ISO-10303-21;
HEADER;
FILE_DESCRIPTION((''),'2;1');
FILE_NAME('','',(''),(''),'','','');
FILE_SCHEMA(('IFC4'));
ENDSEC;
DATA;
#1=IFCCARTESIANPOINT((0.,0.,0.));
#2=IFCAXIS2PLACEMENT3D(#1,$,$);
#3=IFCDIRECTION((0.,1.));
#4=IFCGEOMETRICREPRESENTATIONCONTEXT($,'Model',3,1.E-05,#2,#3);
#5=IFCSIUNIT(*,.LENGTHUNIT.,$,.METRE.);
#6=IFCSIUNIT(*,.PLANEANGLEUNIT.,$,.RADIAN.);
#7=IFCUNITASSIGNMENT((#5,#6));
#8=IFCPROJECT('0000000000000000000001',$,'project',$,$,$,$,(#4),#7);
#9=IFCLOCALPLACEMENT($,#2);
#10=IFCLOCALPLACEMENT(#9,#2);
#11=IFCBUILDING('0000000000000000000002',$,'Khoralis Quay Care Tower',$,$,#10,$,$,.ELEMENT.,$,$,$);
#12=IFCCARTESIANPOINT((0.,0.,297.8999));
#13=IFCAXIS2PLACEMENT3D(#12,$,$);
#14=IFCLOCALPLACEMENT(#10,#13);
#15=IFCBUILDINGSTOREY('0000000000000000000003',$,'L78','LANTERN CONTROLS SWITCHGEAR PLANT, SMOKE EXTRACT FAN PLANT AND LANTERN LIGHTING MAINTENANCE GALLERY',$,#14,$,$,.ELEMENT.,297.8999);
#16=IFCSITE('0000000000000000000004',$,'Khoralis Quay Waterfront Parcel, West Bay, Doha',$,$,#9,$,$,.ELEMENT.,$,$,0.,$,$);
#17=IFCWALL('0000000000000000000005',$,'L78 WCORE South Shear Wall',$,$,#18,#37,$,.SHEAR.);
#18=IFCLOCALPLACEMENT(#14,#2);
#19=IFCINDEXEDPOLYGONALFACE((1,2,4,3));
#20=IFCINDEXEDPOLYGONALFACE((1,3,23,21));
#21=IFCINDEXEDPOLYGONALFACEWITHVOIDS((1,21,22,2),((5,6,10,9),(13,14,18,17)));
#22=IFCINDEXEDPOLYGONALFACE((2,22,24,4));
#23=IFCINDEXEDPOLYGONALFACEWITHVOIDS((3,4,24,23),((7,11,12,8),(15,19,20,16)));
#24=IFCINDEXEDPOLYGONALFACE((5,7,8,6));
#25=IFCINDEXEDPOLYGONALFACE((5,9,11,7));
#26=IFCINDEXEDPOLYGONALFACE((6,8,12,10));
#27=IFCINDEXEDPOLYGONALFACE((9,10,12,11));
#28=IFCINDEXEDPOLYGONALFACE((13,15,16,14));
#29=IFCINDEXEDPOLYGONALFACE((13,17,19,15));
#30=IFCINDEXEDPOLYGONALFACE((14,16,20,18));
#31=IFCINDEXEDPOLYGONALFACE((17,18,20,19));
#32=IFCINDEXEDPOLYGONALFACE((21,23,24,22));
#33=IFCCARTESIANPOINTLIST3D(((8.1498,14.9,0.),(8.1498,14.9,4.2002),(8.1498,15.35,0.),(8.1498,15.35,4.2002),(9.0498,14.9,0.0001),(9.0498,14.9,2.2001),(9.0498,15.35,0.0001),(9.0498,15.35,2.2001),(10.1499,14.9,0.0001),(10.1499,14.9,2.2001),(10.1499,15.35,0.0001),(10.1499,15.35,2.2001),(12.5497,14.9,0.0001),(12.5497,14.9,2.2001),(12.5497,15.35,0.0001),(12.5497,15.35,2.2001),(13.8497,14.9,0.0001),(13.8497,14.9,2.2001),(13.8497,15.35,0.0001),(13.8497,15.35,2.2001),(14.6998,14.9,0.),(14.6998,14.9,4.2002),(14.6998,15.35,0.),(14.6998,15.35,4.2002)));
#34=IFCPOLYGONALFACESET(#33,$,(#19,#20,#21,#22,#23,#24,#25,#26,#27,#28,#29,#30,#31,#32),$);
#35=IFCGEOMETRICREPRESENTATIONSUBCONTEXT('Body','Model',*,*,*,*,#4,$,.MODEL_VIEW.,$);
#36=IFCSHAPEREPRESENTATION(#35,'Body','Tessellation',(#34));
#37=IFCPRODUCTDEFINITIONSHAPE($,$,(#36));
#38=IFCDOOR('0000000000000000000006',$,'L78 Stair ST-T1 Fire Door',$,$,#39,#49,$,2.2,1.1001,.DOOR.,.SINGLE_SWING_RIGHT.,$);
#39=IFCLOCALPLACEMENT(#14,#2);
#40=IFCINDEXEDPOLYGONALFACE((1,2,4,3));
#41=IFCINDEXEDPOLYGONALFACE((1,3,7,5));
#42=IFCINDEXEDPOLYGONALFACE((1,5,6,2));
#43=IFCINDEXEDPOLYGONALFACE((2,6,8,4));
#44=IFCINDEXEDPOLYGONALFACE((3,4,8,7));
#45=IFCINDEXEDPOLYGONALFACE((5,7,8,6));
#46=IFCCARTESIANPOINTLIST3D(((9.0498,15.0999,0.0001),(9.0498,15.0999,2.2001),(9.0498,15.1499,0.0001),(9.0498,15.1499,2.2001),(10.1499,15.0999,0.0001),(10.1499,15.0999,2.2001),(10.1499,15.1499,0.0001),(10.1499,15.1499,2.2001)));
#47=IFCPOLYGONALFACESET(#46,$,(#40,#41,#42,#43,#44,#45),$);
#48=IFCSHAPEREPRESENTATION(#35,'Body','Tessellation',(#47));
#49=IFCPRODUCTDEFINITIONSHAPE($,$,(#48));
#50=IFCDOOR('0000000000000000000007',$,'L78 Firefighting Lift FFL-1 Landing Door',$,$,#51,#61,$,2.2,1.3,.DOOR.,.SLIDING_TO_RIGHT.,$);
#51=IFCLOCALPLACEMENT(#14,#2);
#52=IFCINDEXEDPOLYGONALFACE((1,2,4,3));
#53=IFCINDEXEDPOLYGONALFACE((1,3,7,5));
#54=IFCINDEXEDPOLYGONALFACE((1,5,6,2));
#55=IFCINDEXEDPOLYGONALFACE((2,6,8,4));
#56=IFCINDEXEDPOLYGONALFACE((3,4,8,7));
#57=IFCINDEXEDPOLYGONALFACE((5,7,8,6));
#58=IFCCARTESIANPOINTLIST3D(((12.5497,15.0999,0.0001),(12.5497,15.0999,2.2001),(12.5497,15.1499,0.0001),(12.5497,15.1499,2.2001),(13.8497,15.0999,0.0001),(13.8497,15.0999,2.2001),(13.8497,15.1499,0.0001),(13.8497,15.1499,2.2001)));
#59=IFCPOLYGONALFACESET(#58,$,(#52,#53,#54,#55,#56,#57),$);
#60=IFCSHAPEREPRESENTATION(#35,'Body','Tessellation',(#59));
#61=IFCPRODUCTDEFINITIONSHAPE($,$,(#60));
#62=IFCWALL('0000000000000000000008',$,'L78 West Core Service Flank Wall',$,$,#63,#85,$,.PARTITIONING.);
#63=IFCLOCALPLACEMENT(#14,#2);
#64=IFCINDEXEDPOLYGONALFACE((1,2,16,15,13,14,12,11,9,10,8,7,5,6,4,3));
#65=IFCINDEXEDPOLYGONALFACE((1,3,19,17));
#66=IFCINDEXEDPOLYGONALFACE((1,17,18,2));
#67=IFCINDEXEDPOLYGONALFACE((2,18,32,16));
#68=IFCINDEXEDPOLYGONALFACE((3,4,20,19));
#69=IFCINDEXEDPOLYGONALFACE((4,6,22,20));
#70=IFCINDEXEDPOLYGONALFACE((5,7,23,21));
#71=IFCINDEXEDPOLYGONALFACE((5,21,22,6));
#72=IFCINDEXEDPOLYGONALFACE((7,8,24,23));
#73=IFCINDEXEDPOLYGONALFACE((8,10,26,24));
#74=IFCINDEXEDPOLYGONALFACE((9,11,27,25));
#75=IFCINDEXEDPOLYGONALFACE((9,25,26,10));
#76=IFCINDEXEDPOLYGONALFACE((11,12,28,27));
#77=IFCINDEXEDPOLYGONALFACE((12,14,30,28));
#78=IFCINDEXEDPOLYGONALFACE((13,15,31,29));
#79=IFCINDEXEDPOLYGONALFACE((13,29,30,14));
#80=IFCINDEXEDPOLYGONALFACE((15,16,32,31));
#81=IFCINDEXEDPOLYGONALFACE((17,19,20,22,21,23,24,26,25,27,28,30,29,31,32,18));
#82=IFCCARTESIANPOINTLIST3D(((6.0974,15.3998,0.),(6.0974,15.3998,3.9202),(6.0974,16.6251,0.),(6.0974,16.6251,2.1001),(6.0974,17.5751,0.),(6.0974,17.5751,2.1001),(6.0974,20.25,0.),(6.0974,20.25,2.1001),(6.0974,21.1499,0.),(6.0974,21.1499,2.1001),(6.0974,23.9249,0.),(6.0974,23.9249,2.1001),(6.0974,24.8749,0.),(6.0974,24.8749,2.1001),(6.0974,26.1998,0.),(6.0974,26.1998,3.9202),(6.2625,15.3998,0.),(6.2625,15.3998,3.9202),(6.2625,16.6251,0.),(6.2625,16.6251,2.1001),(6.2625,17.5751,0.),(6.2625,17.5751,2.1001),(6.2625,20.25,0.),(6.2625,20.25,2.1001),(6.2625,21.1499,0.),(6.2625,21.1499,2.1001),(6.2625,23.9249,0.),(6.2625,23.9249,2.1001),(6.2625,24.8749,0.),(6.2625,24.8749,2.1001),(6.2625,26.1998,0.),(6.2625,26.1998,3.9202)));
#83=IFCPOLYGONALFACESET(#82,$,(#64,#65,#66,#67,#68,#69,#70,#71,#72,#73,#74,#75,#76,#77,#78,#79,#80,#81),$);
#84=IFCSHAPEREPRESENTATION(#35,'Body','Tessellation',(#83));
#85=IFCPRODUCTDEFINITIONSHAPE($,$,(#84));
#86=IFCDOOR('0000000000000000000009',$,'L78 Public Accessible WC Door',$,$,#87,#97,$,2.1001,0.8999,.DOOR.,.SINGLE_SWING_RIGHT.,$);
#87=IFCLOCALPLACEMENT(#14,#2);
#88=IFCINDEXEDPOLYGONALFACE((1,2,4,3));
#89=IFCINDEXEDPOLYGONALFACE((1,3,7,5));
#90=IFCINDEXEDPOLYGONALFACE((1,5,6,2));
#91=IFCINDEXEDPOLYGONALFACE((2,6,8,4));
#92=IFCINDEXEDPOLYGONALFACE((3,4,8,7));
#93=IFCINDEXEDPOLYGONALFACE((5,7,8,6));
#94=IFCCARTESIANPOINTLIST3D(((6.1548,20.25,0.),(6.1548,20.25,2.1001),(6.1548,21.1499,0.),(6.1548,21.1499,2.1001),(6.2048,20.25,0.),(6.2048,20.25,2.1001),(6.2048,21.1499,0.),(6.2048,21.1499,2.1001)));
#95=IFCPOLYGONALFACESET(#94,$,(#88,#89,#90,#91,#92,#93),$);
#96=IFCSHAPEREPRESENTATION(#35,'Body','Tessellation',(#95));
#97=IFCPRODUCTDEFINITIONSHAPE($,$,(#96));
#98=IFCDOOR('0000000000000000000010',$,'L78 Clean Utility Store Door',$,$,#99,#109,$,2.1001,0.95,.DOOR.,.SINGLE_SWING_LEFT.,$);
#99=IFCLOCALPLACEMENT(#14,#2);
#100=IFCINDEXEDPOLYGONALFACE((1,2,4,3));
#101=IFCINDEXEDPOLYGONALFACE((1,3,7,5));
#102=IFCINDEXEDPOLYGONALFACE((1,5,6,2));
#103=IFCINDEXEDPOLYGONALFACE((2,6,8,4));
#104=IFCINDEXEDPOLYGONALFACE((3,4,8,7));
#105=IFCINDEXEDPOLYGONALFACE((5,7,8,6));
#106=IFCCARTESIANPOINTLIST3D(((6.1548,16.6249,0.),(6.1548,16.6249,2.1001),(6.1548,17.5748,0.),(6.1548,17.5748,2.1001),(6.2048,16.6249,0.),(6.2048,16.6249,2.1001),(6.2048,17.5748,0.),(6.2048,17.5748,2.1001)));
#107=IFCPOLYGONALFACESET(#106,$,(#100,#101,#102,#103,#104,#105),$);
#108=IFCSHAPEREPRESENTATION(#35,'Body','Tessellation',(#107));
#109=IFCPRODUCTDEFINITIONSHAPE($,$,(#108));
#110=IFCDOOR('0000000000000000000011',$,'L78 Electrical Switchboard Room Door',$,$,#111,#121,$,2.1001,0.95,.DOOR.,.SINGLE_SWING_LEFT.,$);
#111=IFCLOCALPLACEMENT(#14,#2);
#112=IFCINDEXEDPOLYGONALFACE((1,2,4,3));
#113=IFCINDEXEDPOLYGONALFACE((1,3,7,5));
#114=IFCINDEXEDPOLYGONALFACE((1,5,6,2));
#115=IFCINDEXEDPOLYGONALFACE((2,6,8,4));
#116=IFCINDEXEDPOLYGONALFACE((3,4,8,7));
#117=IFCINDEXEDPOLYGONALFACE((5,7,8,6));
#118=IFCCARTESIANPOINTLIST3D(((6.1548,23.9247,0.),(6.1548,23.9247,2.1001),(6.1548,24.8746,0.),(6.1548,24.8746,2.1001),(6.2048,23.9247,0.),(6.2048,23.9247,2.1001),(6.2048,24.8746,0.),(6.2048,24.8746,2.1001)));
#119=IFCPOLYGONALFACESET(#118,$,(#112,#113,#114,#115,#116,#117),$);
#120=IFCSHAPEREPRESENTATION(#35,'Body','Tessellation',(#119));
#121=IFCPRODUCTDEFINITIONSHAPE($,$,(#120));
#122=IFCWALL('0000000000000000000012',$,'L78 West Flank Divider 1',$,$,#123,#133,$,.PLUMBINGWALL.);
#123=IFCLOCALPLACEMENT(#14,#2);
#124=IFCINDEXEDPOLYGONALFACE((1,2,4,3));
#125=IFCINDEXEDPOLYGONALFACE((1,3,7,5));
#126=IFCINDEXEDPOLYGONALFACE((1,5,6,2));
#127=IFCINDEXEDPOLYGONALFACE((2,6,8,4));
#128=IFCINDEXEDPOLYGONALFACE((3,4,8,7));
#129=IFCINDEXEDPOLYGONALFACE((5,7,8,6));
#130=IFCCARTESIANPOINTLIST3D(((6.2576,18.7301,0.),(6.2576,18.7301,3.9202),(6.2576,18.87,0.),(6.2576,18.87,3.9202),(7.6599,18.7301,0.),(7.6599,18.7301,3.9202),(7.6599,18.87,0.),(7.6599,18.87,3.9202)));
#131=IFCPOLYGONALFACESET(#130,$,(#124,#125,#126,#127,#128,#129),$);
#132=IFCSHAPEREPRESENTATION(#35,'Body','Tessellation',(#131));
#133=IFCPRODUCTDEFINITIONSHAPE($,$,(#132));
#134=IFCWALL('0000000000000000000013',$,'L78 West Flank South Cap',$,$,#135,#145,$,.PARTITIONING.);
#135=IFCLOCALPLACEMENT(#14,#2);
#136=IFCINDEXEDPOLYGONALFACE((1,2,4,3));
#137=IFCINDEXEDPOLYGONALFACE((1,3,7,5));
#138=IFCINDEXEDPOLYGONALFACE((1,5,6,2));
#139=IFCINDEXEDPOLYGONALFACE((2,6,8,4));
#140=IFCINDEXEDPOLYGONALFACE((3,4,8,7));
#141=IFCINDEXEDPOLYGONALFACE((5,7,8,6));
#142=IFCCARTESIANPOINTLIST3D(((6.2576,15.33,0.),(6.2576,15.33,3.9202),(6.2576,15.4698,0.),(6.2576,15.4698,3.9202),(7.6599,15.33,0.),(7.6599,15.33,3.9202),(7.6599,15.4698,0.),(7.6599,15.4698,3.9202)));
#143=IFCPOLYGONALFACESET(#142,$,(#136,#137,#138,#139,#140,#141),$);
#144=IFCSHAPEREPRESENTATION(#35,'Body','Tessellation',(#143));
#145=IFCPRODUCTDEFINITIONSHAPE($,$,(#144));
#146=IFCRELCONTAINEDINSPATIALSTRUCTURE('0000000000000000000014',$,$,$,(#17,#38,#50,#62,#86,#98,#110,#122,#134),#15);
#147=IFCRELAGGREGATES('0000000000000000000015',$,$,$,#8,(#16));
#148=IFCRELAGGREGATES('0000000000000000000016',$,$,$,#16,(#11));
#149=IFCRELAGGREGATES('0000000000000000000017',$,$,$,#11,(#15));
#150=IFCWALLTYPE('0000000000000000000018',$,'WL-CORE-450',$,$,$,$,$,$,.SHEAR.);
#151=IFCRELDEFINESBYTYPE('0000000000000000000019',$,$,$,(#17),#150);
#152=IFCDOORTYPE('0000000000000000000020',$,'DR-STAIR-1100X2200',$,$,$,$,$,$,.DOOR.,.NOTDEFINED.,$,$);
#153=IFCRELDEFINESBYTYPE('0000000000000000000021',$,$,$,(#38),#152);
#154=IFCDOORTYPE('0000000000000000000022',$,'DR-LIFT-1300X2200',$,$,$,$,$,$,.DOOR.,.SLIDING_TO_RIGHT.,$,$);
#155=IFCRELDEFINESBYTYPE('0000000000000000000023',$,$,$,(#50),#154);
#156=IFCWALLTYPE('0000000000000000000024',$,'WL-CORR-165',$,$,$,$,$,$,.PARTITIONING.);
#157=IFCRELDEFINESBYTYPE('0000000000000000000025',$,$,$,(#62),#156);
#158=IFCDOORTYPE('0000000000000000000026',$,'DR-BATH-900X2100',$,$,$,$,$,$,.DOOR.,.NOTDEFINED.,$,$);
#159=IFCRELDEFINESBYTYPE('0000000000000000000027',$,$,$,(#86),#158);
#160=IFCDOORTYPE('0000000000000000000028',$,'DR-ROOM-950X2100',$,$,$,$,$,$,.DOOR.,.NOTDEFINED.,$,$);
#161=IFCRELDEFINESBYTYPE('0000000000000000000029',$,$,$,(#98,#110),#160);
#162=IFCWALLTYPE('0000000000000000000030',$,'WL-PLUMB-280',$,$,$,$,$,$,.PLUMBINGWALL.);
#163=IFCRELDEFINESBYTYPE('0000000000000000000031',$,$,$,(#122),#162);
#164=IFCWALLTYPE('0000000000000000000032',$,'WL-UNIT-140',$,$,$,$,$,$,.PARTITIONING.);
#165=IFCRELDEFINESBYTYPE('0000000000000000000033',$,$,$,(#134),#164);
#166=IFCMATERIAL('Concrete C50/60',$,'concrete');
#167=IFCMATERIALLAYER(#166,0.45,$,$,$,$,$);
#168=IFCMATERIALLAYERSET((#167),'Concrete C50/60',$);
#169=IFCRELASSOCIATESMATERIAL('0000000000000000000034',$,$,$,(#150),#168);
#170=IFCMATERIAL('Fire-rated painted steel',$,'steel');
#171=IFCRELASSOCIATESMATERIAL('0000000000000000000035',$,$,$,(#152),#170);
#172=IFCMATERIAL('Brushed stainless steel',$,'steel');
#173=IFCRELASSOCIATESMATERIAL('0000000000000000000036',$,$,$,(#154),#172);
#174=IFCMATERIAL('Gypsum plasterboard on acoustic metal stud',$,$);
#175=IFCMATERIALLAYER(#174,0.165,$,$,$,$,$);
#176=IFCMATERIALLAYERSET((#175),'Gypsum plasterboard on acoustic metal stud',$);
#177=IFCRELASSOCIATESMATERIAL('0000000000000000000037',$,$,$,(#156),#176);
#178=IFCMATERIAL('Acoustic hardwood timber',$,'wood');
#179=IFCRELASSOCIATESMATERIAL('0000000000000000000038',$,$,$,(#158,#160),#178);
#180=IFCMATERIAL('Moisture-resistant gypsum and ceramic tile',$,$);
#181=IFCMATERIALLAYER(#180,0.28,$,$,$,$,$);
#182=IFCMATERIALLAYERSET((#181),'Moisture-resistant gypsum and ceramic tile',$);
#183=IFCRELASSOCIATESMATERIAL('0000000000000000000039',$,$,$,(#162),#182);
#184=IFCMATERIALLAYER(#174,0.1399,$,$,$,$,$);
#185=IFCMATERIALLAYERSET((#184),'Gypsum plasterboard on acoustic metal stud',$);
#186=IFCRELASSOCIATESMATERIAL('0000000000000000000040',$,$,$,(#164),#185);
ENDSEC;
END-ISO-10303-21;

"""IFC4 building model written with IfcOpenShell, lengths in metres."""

from ifc_helpers import new_model, si_unit, direction, frame, frame_2d, origin, place, context, subcontext, project, spatial, rectangle, extrude, source, transform, mapped, material, layer, layer_set, type_object, element, fill, save


model = new_model("IFC4")

# Units and contexts
model_context = context("Model", 3, precision=1e-05, world=origin(), true_north=direction((0.0, 1.0)))
body_context = subcontext(model_context, "Body", "Model", "MODEL_VIEW")
ifc_project = project(units=[si_unit("LENGTHUNIT", "METRE"), si_unit("PLANEANGLEUNIT", "RADIAN")], contexts=[model_context])

# Site, building, storey
site_placement = place(None, origin())
site = spatial("IfcSite", under=ifc_project, at=site_placement, Name="Khoralis Quay Waterfront Parcel, West Bay, Doha", CompositionType="ELEMENT", RefElevation=0.0)
building_placement = place(site_placement, origin())
building = spatial("IfcBuilding", under=site, at=building_placement, Name="Khoralis Quay Care Tower", CompositionType="ELEMENT")
storey_placement = place(building_placement, frame((0.0, 0.0, 297.8999)))
storey = spatial("IfcBuildingStorey", under=building, at=storey_placement, Name="L78", Description="LANTERN CONTROLS SWITCHGEAR PLANT, SMOKE EXTRACT FAN PLANT AND LANTERN LIGHTING MAINTENANCE GALLERY", CompositionType="ELEMENT", Elevation=297.8999)

# Shared definitions
ifc_material_1 = material(Name="Gypsum plasterboard on acoustic metal stud")
ifc_material_2 = material(Name="Fire-rated painted steel", Category="steel")

# Shared definitions
ifc_material_3 = material(Name="Concrete C50/60", Category="concrete")
ifc_layer_1 = layer(ifc_material_3, 0.45)
ifc_layer_set_1 = layer_set([ifc_layer_1], Name="Concrete C50/60")
wall_type_1 = type_object("IfcWallType", Name="WL-CORE-450", PredefinedType="SHEAR", material=ifc_layer_set_1)

# Walls, openings, doors
wall_1_placement = place(storey_placement, frame((8.1499, 15.125, 0.0), z_axis=(0.0, 0.0, 1.0), x_axis=(1.0, 0.0, 0.0)))
wall_1 = element("IfcWall", 1, at=wall_1_placement, inside=storey, type_object=wall_type_1, Name="L78 WCORE South Shear Wall", PredefinedType="SHEAR", context=body_context, shape_type="SweptSolid", body=[
    extrude(rectangle(XDim=6.55, YDim=0.45, at=frame_2d((3.2749, 0.0))), origin(), (0.0, 0.0, 1.0), 4.2002),
])
opening_1_placement = place(wall_1_placement, frame((0.8999, 0.0, 0.0)))
opening_1 = element("IfcOpeningElement", 2, at=opening_1_placement, cuts=wall_1, PredefinedType="OPENING", context=body_context, shape_type="SweptSolid", body=[
    extrude(rectangle(XDim=1.1001, YDim=2.2, at=frame_2d((0.55, 1.1001))), frame((0.0, 0.2349, 0.0), z_axis=(0.0, -1.0, 0.0), x_axis=(1.0, 0.0, 0.0)), (0.0, 0.0, 1.0), 0.47),
])
opening_2_placement = place(wall_1_placement, frame((4.3999, 0.0, 0.0)))
opening_2 = element("IfcOpeningElement", 3, at=opening_2_placement, cuts=wall_1, PredefinedType="OPENING", context=body_context, shape_type="SweptSolid", body=[
    extrude(rectangle(XDim=1.3, YDim=2.2, at=frame_2d((0.6499, 1.1001))), frame((0.0, 0.2349, 0.0), z_axis=(0.0, -1.0, 0.0), x_axis=(1.0, 0.0, 0.0)), (0.0, 0.0, 1.0), 0.47),
])
door_type_1 = type_object("IfcDoorType", Name="DR-STAIR-1100X2200", OperationType="NOTDEFINED", PredefinedType="DOOR", material=ifc_material_2)
shared_shape_1 = source(origin(), body_context, "Body", "SweptSolid", [
    extrude(rectangle(XDim=1.1001, YDim=2.2, at=frame_2d((0.55, 1.1001))), frame((0.0, 0.0249, 0.0), z_axis=(0.0, -1.0, 0.0), x_axis=(1.0, 0.0, 0.0)), (0.0, 0.0, 1.0), 0.05),
])
door_1_placement = place(opening_1_placement, origin())
door_1 = element("IfcDoor", 4, at=door_1_placement, inside=storey, type_object=door_type_1, Name="L78 Stair ST-T1 Fire Door", OperationType="SINGLE_SWING_RIGHT", OverallHeight=2.2, OverallWidth=1.1001, PredefinedType="DOOR", context=body_context, shape_type="MappedRepresentation", body=[
    mapped(shared_shape_1, transform((0.0, 0.0, 0.0), scale=1.0)),
])
fill(opening_1, door_1)
ifc_material_4 = material(Name="Brushed stainless steel", Category="steel")
door_type_2 = type_object("IfcDoorType", Name="DR-LIFT-1300X2200", OperationType="SLIDING_TO_RIGHT", PredefinedType="DOOR", material=ifc_material_4)
shared_shape_2 = source(origin(), body_context, "Body", "SweptSolid", [
    extrude(rectangle(XDim=1.3, YDim=2.2, at=frame_2d((0.6499, 1.1001))), frame((0.0, 0.0249, 0.0), z_axis=(0.0, -1.0, 0.0), x_axis=(1.0, 0.0, 0.0)), (0.0, 0.0, 1.0), 0.05),
])
door_2_placement = place(opening_2_placement, origin())
door_2 = element("IfcDoor", 5, at=door_2_placement, inside=storey, type_object=door_type_2, Name="L78 Firefighting Lift FFL-1 Landing Door", OperationType="SLIDING_TO_RIGHT", OverallHeight=2.2, OverallWidth=1.3, PredefinedType="DOOR", context=body_context, shape_type="MappedRepresentation", body=[
    mapped(shared_shape_2, transform((0.0, 0.0, 0.0), scale=1.0)),
])
fill(opening_2, door_2)
ifc_layer_2 = layer(ifc_material_1, 0.165)
ifc_layer_set_2 = layer_set([ifc_layer_2], Name="Gypsum plasterboard on acoustic metal stud")
wall_type_2 = type_object("IfcWallType", Name="WL-CORR-165", PredefinedType="PARTITIONING", material=ifc_layer_set_2)
wall_2_placement = place(storey_placement, frame((6.1799, 15.3999, 0.0), z_axis=(0.0, 0.0, 1.0), x_axis=(0.0, 1.0, 0.0)))
wall_2 = element("IfcWall", 6, at=wall_2_placement, inside=storey, type_object=wall_type_2, Name="L78 West Core Service Flank Wall", PredefinedType="PARTITIONING", context=body_context, shape_type="SweptSolid", body=[
    extrude(rectangle(XDim=10.8, YDim=0.165, at=frame_2d((5.3999, 0.0))), origin(), (0.0, 0.0, 1.0), 3.9202),
])
opening_3_placement = place(wall_2_placement, frame((1.2251, 0.0, 0.0)))
opening_3 = element("IfcOpeningElement", 7, at=opening_3_placement, cuts=wall_2, PredefinedType="OPENING", context=body_context, shape_type="SweptSolid", body=[
    extrude(rectangle(XDim=0.95, YDim=2.1001, at=frame_2d((0.4751, 1.05))), frame((0.0, 0.0925, 0.0), z_axis=(0.0, -1.0, 0.0), x_axis=(1.0, 0.0, 0.0)), (0.0, 0.0, 1.0), 0.1851),
])
opening_4_placement = place(wall_2_placement, frame((4.8501, 0.0, 0.0)))
opening_4 = element("IfcOpeningElement", 8, at=opening_4_placement, cuts=wall_2, PredefinedType="OPENING", context=body_context, shape_type="SweptSolid", body=[
    extrude(rectangle(XDim=0.8999, YDim=2.1001, at=frame_2d((0.45, 1.05))), frame((0.0, 0.0925, 0.0), z_axis=(0.0, -1.0, 0.0), x_axis=(1.0, 0.0, 0.0)), (0.0, 0.0, 1.0), 0.1851),
])
opening_5_placement = place(wall_2_placement, frame((8.5249, 0.0, 0.0)))
opening_5 = element("IfcOpeningElement", 9, at=opening_5_placement, cuts=wall_2, PredefinedType="OPENING", context=body_context, shape_type="SweptSolid", body=[
    extrude(rectangle(XDim=0.95, YDim=2.1001, at=frame_2d((0.4751, 1.05))), frame((0.0, 0.0925, 0.0), z_axis=(0.0, -1.0, 0.0), x_axis=(1.0, 0.0, 0.0)), (0.0, 0.0, 1.0), 0.1851),
])
ifc_material_5 = material(Name="Acoustic hardwood timber", Category="wood")
door_type_3 = type_object("IfcDoorType", Name="DR-BATH-900X2100", OperationType="NOTDEFINED", PredefinedType="DOOR", material=ifc_material_5)
shared_shape_3 = source(origin(), body_context, "Body", "SweptSolid", [
    extrude(rectangle(XDim=0.8999, YDim=2.1001, at=frame_2d((0.45, 1.05))), frame((0.0, 0.0249, 0.0), z_axis=(0.0, -1.0, 0.0), x_axis=(1.0, 0.0, 0.0)), (0.0, 0.0, 1.0), 0.05),
])
door_3_placement = place(opening_4_placement, frame((0.8999, 0.0, 0.0), z_axis=(0.0, 0.0, 1.0), x_axis=(-1.0, 0.0, 0.0)))
door_3 = element("IfcDoor", 10, at=door_3_placement, inside=storey, type_object=door_type_3, Name="L78 Public Accessible WC Door", OperationType="SINGLE_SWING_RIGHT", OverallHeight=2.1001, OverallWidth=0.8999, PredefinedType="DOOR", context=body_context, shape_type="MappedRepresentation", body=[
    mapped(shared_shape_3, transform((0.0, 0.0, 0.0), scale=1.0)),
])
fill(opening_4, door_3)
door_type_4 = type_object("IfcDoorType", Name="DR-ROOM-950X2100", OperationType="NOTDEFINED", PredefinedType="DOOR", material=ifc_material_5)
shared_shape_4 = source(origin(), body_context, "Body", "SweptSolid", [
    extrude(rectangle(XDim=0.95, YDim=2.1001, at=frame_2d((0.4751, 1.05))), frame((0.0, 0.0249, 0.0), z_axis=(0.0, -1.0, 0.0), x_axis=(1.0, 0.0, 0.0)), (0.0, 0.0, 1.0), 0.05),
])
door_4_placement = place(opening_3_placement, frame((0.95, 0.0, 0.0), z_axis=(0.0, 0.0, 1.0), x_axis=(-1.0, 0.0, 0.0)))
door_4 = element("IfcDoor", 11, at=door_4_placement, inside=storey, type_object=door_type_4, Name="L78 Clean Utility Store Door", OperationType="SINGLE_SWING_LEFT", OverallHeight=2.1001, OverallWidth=0.95, PredefinedType="DOOR", context=body_context, shape_type="MappedRepresentation", body=[
    mapped(shared_shape_4, transform((0.0, 0.0, 0.0), scale=1.0)),
])
fill(opening_3, door_4)
door_5_placement = place(opening_5_placement, frame((0.95, 0.0, 0.0), z_axis=(0.0, 0.0, 1.0), x_axis=(-1.0, 0.0, 0.0)))
door_5 = element("IfcDoor", 12, at=door_5_placement, inside=storey, type_object=door_type_4, Name="L78 Electrical Switchboard Room Door", OperationType="SINGLE_SWING_LEFT", OverallHeight=2.1001, OverallWidth=0.95, PredefinedType="DOOR", context=body_context, shape_type="MappedRepresentation", body=[
    mapped(shared_shape_4, transform((0.0, 0.0, 0.0), scale=1.0)),
])
fill(opening_5, door_5)

# Walls
ifc_material_6 = material(Name="Moisture-resistant gypsum and ceramic tile")
ifc_layer_3 = layer(ifc_material_6, 0.28)
ifc_layer_set_3 = layer_set([ifc_layer_3], Name="Moisture-resistant gypsum and ceramic tile")
wall_type_3 = type_object("IfcWallType", Name="WL-PLUMB-280", PredefinedType="PLUMBINGWALL", material=ifc_layer_set_3)
wall_3_placement = place(storey_placement, frame((6.2576, 18.8, 0.0), z_axis=(0.0, 0.0, 1.0), x_axis=(1.0, 0.0, 0.0)))
element("IfcWall", 13, at=wall_3_placement, inside=storey, type_object=wall_type_3, Name="L78 West Flank Divider 1", PredefinedType="PLUMBINGWALL", context=body_context, shape_type="SweptSolid", body=[
    extrude(rectangle(XDim=1.4023, YDim=0.1399, at=frame_2d((0.7012, 0.0))), origin(), (0.0, 0.0, 1.0), 3.9202),
])
ifc_layer_4 = layer(ifc_material_1, 0.1399)
ifc_layer_set_4 = layer_set([ifc_layer_4], Name="Gypsum plasterboard on acoustic metal stud")
wall_type_4 = type_object("IfcWallType", Name="WL-UNIT-140", PredefinedType="PARTITIONING", material=ifc_layer_set_4)
wall_4_placement = place(storey_placement, frame((6.2576, 15.3999, 0.0), z_axis=(0.0, 0.0, 1.0), x_axis=(1.0, 0.0, 0.0)))
element("IfcWall", 14, at=wall_4_placement, inside=storey, type_object=wall_type_4, Name="L78 West Flank South Cap", PredefinedType="PARTITIONING", context=body_context, shape_type="SweptSolid", body=[
    extrude(rectangle(XDim=1.4023, YDim=0.1399, at=frame_2d((0.7012, 0.0))), origin(), (0.0, 0.0, 1.0), 3.9202),
])

save(model, "model.ifc")
